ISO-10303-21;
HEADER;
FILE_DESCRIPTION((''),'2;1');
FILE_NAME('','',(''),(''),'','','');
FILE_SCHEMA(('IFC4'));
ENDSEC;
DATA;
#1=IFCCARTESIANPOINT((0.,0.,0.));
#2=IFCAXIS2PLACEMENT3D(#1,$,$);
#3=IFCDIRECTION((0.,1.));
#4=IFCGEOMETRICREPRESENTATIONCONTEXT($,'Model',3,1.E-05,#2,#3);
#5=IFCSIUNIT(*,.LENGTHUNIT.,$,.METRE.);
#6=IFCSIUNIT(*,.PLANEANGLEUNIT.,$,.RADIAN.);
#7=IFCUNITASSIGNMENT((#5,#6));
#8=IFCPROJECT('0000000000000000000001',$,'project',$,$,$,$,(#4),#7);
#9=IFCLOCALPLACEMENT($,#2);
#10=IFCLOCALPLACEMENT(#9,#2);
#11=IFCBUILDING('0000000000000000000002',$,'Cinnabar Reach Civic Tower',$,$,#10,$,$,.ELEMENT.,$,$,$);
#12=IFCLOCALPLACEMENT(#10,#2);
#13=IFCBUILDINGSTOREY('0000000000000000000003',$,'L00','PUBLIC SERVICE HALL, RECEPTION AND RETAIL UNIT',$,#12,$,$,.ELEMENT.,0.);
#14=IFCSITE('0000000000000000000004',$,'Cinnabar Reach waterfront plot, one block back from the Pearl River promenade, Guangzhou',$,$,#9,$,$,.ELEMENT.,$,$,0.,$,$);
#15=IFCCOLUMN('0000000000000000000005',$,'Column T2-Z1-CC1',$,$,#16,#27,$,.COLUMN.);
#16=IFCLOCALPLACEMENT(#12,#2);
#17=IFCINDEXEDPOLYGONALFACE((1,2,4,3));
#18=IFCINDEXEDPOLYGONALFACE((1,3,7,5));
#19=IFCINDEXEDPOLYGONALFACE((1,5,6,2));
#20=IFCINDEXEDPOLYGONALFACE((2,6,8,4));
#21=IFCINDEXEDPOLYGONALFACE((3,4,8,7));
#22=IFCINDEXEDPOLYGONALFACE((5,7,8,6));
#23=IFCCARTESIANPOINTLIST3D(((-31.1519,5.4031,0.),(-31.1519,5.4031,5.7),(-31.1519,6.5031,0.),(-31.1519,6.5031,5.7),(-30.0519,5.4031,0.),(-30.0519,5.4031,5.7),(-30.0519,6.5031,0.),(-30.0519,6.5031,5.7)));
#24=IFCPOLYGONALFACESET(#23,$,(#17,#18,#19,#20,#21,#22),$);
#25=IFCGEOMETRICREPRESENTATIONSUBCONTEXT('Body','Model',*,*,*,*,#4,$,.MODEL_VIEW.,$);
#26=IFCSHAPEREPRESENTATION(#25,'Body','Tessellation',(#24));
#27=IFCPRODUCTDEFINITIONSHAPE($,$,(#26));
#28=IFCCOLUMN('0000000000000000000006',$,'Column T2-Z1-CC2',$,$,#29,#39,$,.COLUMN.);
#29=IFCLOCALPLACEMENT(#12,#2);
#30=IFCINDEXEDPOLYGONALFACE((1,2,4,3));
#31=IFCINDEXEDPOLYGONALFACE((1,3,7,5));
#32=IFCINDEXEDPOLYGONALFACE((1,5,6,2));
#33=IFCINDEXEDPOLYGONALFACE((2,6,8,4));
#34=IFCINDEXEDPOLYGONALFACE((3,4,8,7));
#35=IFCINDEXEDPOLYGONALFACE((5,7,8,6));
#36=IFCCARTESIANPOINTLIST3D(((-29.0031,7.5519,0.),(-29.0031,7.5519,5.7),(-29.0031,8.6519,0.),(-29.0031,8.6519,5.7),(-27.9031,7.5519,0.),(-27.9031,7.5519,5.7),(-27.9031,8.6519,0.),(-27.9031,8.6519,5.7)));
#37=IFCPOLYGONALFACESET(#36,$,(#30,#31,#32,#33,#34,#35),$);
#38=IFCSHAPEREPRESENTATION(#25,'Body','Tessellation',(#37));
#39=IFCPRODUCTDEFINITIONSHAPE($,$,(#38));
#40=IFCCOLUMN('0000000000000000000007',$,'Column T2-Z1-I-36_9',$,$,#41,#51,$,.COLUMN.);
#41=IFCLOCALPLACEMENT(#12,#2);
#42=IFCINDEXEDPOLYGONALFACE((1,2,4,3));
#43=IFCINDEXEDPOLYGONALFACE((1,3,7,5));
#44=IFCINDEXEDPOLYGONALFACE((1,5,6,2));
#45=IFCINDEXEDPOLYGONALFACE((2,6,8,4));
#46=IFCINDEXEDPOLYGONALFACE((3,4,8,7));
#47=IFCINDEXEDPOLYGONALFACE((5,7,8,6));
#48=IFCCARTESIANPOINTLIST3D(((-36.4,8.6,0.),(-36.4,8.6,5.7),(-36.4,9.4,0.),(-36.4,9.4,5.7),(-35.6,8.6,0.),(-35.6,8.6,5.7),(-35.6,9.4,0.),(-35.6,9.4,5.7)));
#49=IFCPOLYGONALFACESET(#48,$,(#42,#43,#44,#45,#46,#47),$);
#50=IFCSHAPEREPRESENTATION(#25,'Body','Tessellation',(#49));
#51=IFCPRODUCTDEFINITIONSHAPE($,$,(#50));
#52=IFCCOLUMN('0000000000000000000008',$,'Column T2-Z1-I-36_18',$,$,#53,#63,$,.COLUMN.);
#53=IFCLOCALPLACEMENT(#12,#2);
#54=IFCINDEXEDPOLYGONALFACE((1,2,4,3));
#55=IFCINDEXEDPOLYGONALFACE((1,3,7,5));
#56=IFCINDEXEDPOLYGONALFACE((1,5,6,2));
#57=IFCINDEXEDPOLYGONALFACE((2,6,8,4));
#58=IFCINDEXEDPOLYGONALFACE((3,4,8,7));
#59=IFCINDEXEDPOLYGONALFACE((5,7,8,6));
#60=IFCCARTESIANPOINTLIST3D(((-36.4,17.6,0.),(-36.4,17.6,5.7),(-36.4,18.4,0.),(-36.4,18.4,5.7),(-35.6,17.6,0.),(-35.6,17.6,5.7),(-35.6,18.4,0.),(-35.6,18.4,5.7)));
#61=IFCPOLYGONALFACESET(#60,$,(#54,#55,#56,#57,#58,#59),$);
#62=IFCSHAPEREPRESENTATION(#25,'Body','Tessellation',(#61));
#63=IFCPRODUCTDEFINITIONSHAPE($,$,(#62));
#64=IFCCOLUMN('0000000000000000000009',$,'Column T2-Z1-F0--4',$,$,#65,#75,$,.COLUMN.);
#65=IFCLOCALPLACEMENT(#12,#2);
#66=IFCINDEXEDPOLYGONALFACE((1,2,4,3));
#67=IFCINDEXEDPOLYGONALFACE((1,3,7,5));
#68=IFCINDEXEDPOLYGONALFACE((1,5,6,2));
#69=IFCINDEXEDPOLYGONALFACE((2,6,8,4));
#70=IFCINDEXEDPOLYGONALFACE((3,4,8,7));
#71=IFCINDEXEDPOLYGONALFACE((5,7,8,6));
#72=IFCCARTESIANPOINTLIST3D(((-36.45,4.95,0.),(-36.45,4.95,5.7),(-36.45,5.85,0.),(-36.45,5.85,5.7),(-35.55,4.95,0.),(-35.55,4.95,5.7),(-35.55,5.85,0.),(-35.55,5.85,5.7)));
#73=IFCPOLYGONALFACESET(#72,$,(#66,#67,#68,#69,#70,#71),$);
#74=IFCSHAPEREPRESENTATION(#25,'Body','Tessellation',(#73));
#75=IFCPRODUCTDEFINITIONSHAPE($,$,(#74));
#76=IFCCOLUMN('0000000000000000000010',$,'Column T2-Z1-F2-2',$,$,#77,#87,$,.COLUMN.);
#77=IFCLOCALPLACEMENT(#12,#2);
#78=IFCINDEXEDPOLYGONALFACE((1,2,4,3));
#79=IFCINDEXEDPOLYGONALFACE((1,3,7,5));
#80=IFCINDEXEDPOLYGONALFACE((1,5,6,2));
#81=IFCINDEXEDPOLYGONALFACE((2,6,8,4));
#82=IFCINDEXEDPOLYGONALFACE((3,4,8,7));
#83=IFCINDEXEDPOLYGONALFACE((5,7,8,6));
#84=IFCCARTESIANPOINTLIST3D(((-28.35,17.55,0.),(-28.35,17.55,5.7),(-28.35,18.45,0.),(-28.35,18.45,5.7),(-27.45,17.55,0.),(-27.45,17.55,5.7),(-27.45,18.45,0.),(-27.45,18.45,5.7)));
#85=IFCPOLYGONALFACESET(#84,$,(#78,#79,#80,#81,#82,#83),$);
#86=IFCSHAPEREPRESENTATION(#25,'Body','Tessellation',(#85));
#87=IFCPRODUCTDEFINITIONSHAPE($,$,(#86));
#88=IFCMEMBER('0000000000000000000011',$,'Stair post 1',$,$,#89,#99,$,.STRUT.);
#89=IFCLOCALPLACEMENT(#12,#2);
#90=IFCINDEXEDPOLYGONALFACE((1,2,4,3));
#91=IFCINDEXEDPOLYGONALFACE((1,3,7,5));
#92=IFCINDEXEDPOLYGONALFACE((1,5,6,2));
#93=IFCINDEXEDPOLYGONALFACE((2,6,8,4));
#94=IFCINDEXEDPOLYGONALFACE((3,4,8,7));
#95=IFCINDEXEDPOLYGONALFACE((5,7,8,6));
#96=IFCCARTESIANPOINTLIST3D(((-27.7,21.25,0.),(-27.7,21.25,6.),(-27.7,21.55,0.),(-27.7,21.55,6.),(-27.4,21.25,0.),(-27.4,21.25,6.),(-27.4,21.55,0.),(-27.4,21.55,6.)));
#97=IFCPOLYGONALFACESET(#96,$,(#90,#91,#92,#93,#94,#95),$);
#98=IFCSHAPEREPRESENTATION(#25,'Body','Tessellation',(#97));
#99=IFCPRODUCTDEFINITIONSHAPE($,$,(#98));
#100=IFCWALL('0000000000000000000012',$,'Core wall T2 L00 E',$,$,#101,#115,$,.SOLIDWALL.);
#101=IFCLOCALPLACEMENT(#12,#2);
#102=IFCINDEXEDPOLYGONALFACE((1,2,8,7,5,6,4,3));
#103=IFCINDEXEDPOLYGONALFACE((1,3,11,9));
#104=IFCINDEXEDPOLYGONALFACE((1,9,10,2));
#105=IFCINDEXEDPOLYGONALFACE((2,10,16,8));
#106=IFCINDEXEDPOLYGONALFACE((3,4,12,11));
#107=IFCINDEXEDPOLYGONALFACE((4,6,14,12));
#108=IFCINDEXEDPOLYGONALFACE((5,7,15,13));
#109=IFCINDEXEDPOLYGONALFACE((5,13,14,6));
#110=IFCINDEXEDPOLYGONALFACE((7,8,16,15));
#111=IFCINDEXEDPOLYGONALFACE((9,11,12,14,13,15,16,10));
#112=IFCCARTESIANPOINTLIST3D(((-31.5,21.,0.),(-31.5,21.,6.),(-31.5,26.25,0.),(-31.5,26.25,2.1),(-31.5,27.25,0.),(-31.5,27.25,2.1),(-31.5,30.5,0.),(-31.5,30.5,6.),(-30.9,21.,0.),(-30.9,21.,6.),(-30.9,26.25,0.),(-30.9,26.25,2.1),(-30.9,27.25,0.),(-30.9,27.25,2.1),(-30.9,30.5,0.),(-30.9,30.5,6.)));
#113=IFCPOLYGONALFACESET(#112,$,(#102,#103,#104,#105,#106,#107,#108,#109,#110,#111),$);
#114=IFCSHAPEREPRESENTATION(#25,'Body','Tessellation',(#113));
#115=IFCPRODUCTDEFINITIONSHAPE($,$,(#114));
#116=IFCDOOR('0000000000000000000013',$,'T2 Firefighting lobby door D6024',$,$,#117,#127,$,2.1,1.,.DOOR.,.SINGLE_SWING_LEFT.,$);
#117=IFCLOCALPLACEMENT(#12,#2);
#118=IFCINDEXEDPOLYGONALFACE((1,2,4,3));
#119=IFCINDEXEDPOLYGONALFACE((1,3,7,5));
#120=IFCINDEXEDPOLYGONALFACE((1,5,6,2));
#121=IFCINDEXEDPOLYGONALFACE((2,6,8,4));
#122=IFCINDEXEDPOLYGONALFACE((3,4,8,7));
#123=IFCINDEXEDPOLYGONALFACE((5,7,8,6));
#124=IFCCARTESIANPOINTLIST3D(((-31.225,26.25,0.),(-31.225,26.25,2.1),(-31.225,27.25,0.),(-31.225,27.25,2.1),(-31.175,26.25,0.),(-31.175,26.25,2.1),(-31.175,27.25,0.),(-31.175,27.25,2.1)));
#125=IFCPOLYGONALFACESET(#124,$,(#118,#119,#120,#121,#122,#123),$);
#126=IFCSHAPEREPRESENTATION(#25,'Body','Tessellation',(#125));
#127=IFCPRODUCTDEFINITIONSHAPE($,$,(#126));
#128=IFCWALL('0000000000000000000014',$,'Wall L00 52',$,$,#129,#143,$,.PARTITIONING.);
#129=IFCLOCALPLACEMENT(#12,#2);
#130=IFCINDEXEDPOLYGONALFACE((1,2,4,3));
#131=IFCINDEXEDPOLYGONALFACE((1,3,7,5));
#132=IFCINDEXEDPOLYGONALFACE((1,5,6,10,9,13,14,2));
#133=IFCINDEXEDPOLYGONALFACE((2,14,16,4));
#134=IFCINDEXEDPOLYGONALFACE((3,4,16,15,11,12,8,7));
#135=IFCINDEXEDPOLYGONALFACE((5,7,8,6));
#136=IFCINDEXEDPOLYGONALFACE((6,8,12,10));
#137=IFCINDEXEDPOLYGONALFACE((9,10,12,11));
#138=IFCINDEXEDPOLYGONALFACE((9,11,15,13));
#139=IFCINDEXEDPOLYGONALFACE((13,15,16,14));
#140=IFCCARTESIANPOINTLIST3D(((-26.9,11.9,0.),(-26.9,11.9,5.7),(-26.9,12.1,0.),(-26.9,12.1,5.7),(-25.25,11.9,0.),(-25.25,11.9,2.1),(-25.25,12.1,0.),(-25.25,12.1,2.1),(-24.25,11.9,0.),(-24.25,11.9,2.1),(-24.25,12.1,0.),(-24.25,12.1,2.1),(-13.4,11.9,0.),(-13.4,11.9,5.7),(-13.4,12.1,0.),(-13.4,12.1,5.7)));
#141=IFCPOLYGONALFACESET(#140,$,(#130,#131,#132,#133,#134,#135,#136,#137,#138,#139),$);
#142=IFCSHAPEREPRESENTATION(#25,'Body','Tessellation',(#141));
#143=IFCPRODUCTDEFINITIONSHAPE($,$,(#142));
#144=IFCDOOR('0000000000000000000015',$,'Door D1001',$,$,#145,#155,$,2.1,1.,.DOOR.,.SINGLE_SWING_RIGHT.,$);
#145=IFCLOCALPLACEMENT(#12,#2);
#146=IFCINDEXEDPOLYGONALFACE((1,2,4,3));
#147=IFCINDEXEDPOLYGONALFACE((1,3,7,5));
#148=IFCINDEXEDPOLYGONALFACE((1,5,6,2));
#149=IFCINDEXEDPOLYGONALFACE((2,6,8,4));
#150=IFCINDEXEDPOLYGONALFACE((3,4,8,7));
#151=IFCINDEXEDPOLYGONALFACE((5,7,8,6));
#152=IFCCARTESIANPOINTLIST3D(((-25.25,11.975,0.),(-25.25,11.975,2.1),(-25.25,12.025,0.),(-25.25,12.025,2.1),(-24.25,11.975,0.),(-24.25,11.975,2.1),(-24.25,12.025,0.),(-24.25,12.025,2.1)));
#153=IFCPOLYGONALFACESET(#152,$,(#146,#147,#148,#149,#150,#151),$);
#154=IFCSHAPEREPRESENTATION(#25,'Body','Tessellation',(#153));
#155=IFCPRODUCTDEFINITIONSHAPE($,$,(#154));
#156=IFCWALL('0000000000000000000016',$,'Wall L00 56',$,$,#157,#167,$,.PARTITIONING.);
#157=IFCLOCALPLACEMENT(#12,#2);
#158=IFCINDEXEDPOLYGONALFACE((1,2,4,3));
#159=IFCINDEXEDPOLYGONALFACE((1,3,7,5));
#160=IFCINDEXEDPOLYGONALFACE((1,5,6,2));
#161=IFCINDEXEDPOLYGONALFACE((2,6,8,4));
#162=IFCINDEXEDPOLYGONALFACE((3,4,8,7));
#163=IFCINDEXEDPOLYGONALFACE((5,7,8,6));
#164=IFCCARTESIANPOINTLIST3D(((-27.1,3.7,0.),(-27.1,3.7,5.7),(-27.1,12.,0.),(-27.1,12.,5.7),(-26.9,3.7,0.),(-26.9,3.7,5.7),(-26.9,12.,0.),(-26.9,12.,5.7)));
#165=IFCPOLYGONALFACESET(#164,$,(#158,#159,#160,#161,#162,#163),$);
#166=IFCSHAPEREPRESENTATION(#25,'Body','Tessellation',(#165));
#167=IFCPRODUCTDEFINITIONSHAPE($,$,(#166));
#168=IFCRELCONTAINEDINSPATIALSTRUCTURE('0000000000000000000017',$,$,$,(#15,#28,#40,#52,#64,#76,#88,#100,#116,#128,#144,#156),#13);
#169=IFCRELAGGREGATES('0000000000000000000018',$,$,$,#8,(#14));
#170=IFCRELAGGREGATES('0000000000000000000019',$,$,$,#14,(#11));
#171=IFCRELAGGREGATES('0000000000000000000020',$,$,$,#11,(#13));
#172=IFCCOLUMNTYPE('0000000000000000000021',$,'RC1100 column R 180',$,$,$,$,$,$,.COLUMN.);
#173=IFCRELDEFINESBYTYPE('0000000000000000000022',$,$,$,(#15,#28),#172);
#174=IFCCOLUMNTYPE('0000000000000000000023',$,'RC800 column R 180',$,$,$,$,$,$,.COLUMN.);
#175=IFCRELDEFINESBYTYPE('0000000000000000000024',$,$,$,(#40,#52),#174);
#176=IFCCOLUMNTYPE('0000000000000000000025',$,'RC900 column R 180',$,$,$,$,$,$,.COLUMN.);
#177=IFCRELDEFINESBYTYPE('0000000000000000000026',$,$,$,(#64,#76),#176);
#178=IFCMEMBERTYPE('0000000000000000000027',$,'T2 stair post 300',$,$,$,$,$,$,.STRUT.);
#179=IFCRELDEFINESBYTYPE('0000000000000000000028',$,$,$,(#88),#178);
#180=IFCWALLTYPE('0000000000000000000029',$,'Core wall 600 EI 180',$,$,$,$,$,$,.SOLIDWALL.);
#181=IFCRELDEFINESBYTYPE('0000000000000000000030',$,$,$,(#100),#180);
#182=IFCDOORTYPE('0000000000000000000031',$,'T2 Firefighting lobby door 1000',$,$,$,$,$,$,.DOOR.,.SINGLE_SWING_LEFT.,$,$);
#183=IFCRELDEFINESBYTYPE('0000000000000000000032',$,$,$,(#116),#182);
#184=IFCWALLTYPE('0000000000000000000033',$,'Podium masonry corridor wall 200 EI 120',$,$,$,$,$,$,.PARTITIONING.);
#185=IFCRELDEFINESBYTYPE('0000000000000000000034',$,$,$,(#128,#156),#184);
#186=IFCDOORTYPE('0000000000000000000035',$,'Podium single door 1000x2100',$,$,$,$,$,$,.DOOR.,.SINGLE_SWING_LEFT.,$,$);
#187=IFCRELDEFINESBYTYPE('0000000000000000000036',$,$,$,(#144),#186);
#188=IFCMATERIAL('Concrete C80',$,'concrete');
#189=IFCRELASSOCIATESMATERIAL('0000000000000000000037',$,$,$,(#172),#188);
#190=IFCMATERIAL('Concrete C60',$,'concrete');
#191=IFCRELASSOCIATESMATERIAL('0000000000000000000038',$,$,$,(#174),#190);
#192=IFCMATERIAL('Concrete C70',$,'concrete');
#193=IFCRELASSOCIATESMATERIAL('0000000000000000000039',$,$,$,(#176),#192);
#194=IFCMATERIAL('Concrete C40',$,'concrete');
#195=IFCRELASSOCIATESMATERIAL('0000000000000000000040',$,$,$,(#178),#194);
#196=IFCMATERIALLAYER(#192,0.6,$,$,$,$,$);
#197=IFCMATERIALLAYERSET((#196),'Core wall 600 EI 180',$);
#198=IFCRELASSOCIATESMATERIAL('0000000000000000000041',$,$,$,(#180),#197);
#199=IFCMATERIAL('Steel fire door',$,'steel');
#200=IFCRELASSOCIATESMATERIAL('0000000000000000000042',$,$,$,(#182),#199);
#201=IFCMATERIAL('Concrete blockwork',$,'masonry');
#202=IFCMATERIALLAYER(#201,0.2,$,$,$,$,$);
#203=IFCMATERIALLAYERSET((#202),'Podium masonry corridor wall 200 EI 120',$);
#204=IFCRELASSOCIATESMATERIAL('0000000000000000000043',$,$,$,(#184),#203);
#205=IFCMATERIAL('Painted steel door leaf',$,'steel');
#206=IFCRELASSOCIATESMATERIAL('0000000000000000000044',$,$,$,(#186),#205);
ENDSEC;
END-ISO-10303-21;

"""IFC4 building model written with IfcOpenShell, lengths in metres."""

from ifc_helpers import new_model, si_unit, direction, frame, frame_2d, origin, origin_2d, place, context, subcontext, project, spatial, rectangle, extrude, material, layer, layer_set, material_profile, profile_set, type_object, element, fill, save


model = new_model("IFC4")

# Units and contexts
model_context = context("Model", 3, precision=1e-05, world=origin(), true_north=direction((0.0, 1.0)))
body_context = subcontext(model_context, "Body", "Model", "MODEL_VIEW")
ifc_project = project(units=[si_unit("LENGTHUNIT", "METRE"), si_unit("PLANEANGLEUNIT", "RADIAN")], contexts=[model_context])

# Site, building, storey
site_placement = place(None, origin())
site = spatial("IfcSite", under=ifc_project, at=site_placement, Name="Cinnabar Reach waterfront plot, one block back from the Pearl River promenade, Guangzhou", CompositionType="ELEMENT", RefElevation=0.0)
building_placement = place(site_placement, origin())
building = spatial("IfcBuilding", under=site, at=building_placement, Name="Cinnabar Reach Civic Tower", CompositionType="ELEMENT")
storey_placement = place(building_placement, origin())
storey = spatial("IfcBuildingStorey", under=building, at=storey_placement, Name="L00", Description="PUBLIC SERVICE HALL, RECEPTION AND RETAIL UNIT", CompositionType="ELEMENT", Elevation=0.0)

# Columns
ifc_material_1 = material(Name="Concrete C80", Category="concrete")
ifc_material_profile_1 = material_profile(ifc_material_1, rectangle(XDim=1.1, YDim=1.1, at=origin_2d()), Name="RC1100")
ifc_profile_set_1 = profile_set([ifc_material_profile_1], Name="Concrete C80")
column_type_1 = type_object("IfcColumnType", Name="RC1100 column R 180", PredefinedType="COLUMN", material=ifc_profile_set_1)
for number, where, z_axis, x_axis, name in (
    (1, (-30.6019, 5.9531, 0.0), (0.0, 0.0, 1.0), (1.0, 0.0, 0.0), "Column T2-Z1-CC1"),
    (2, (-28.4531, 8.1019, 0.0), (0.0, 0.0, 1.0), (1.0, 0.0, 0.0), "Column T2-Z1-CC2"),
):
    element("IfcColumn", number, at=place(storey_placement, frame(where, z_axis=z_axis, x_axis=x_axis)), inside=storey, type_object=column_type_1, Name=name, PredefinedType="COLUMN", context=body_context, shape_type="SweptSolid", body=[
        extrude(rectangle(XDim=1.1, YDim=1.1, at=origin_2d()), origin(), (0.0, 0.0, 1.0), 5.7),
    ])
ifc_material_2 = material(Name="Concrete C60", Category="concrete")
ifc_material_profile_2 = material_profile(ifc_material_2, rectangle(XDim=0.8, YDim=0.8, at=origin_2d()), Name="RC800")
ifc_profile_set_2 = profile_set([ifc_material_profile_2], Name="Concrete C60")
column_type_2 = type_object("IfcColumnType", Name="RC800 column R 180", PredefinedType="COLUMN", material=ifc_profile_set_2)
for number, where, z_axis, x_axis, name in (
    (3, (-36.0, 9.0, 0.0), (0.0, 0.0, 1.0), (1.0, 0.0, 0.0), "Column T2-Z1-I-36_9"),
    (4, (-36.0, 18.0, 0.0), (0.0, 0.0, 1.0), (1.0, 0.0, 0.0), "Column T2-Z1-I-36_18"),
):
    element("IfcColumn", number, at=place(storey_placement, frame(where, z_axis=z_axis, x_axis=x_axis)), inside=storey, type_object=column_type_2, Name=name, PredefinedType="COLUMN", context=body_context, shape_type="SweptSolid", body=[
        extrude(rectangle(XDim=0.8, YDim=0.8, at=origin_2d()), origin(), (0.0, 0.0, 1.0), 5.7),
    ])
ifc_material_3 = material(Name="Concrete C70", Category="concrete")
ifc_material_profile_3 = material_profile(ifc_material_3, rectangle(XDim=0.9, YDim=0.9, at=origin_2d()), Name="RC900")
ifc_profile_set_3 = profile_set([ifc_material_profile_3], Name="Concrete C70")
column_type_3 = type_object("IfcColumnType", Name="RC900 column R 180", PredefinedType="COLUMN", material=ifc_profile_set_3)
for number, where, z_axis, x_axis, name in (
    (5, (-36.0, 5.4, 0.0), (0.0, 0.0, 1.0), (1.0, 0.0, 0.0), "Column T2-Z1-F0--4"),
    (6, (-27.9, 18.0, 0.0), (0.0, 0.0, 1.0), (1.0, 0.0, 0.0), "Column T2-Z1-F2-2"),
):
    element("IfcColumn", number, at=place(storey_placement, frame(where, z_axis=z_axis, x_axis=x_axis)), inside=storey, type_object=column_type_3, Name=name, PredefinedType="COLUMN", context=body_context, shape_type="SweptSolid", body=[
        extrude(rectangle(XDim=0.9, YDim=0.9, at=origin_2d()), origin(), (0.0, 0.0, 1.0), 5.7),
    ])

# Member
ifc_material_4 = material(Name="Concrete C40", Category="concrete")
ifc_material_profile_4 = material_profile(ifc_material_4, rectangle(XDim=0.3, YDim=0.3, at=origin_2d()), Name="C300")
ifc_profile_set_4 = profile_set([ifc_material_profile_4], Name="Concrete C40")
member_type = type_object("IfcMemberType", Name="T2 stair post 300", PredefinedType="STRUT", material=ifc_profile_set_4)
member_placement = place(storey_placement, frame((-27.55, 21.4, 0.0), z_axis=(0.0, 0.0, 1.0), x_axis=(1.0, 0.0, 0.0)))
element("IfcMember", 7, at=member_placement, inside=storey, type_object=member_type, Name="Stair post 1", PredefinedType="STRUT", context=body_context, shape_type="SweptSolid", body=[
    extrude(rectangle(XDim=0.3, YDim=0.3, at=origin_2d()), origin(), (0.0, 0.0, 1.0), 6.0),
])

# Walls, openings, doors
ifc_layer_1 = layer(ifc_material_3, 0.6)
ifc_layer_set_1 = layer_set([ifc_layer_1], Name="Core wall 600 EI 180")
wall_type_1 = type_object("IfcWallType", Name="Core wall 600 EI 180", PredefinedType="SOLIDWALL", material=ifc_layer_set_1)
wall_1_placement = place(storey_placement, frame((-31.2, 21.0, 0.0), z_axis=(0.0, 0.0, 1.0), x_axis=(0.0, 1.0, 0.0)))
wall_1 = element("IfcWall", 8, at=wall_1_placement, inside=storey, type_object=wall_type_1, Name="Core wall T2 L00 E", PredefinedType="SOLIDWALL", context=body_context, shape_type="SweptSolid", body=[
    extrude(rectangle(XDim=9.5, YDim=0.6, at=frame_2d((4.75, 0.0))), origin(), (0.0, 0.0, 1.0), 6.0),
])
opening_1_placement = place(wall_1_placement, frame((5.25, 0.0, 0.0)))
opening_1 = element("IfcOpeningElement", 9, at=opening_1_placement, cuts=wall_1, PredefinedType="OPENING", context=body_context, shape_type="SweptSolid", body=[
    extrude(rectangle(XDim=1.0, YDim=2.1, at=frame_2d((0.5, 1.05))), frame((0.0, 0.31, 0.0), z_axis=(0.0, -1.0, 0.0), x_axis=(1.0, 0.0, 0.0)), (0.0, 0.0, 1.0), 0.62),
])
ifc_material_5 = material(Name="Steel fire door", Category="steel")
door_type_1 = type_object("IfcDoorType", Name="T2 Firefighting lobby door 1000", OperationType="SINGLE_SWING_LEFT", PredefinedType="DOOR", material=ifc_material_5)
door_1_placement = place(opening_1_placement, frame((1.0, 0.0, 0.0), z_axis=(0.0, 0.0, 1.0), x_axis=(-1.0, 0.0, 0.0)))
door_1 = element("IfcDoor", 10, at=door_1_placement, inside=storey, type_object=door_type_1, Name="T2 Firefighting lobby door D6024", OperationType="SINGLE_SWING_LEFT", OverallHeight=2.1, OverallWidth=1.0, PredefinedType="DOOR", context=body_context, shape_type="SweptSolid", body=[
    extrude(rectangle(XDim=1.0, YDim=2.1, at=frame_2d((0.5, 1.05))), frame((0.0, 0.025, 0.0), z_axis=(0.0, -1.0, 0.0), x_axis=(1.0, 0.0, 0.0)), (0.0, 0.0, 1.0), 0.05),
])
fill(opening_1, door_1)
ifc_material_6 = material(Name="Concrete blockwork", Category="masonry")
ifc_layer_2 = layer(ifc_material_6, 0.2)
ifc_layer_set_2 = layer_set([ifc_layer_2], Name="Podium masonry corridor wall 200 EI 120")
wall_type_2 = type_object("IfcWallType", Name="Podium masonry corridor wall 200 EI 120", PredefinedType="PARTITIONING", material=ifc_layer_set_2)
wall_2_placement = place(storey_placement, frame((-26.9, 12.0, 0.0), z_axis=(0.0, 0.0, 1.0), x_axis=(1.0, 0.0, 0.0)))
wall_2 = element("IfcWall", 11, at=wall_2_placement, inside=storey, type_object=wall_type_2, Name="Wall L00 52", PredefinedType="PARTITIONING", context=body_context, shape_type="SweptSolid", body=[
    extrude(rectangle(XDim=13.5, YDim=0.2, at=frame_2d((6.75, 0.0))), origin(), (0.0, 0.0, 1.0), 5.7),
])
opening_2_placement = place(wall_2_placement, frame((1.65, 0.0, 0.0)))
opening_2 = element("IfcOpeningElement", 12, at=opening_2_placement, cuts=wall_2, PredefinedType="OPENING", context=body_context, shape_type="SweptSolid", body=[
    extrude(rectangle(XDim=1.0, YDim=2.1, at=frame_2d((0.5, 1.05))), frame((0.0, 0.11, 0.0), z_axis=(0.0, -1.0, 0.0), x_axis=(1.0, 0.0, 0.0)), (0.0, 0.0, 1.0), 0.22),
])
ifc_material_7 = material(Name="Painted steel door leaf", Category="steel")
door_type_2 = type_object("IfcDoorType", Name="Podium single door 1000x2100", OperationType="SINGLE_SWING_LEFT", PredefinedType="DOOR", material=ifc_material_7)
door_2_placement = place(opening_2_placement, origin())
door_2 = element("IfcDoor", 13, at=door_2_placement, inside=storey, type_object=door_type_2, Name="Door D1001", OperationType="SINGLE_SWING_RIGHT", OverallHeight=2.1, OverallWidth=1.0, PredefinedType="DOOR", context=body_context, shape_type="SweptSolid", body=[
    extrude(rectangle(XDim=1.0, YDim=2.1, at=frame_2d((0.5, 1.05))), frame((0.0, 0.025, 0.0), z_axis=(0.0, -1.0, 0.0), x_axis=(1.0, 0.0, 0.0)), (0.0, 0.0, 1.0), 0.05),
])
fill(opening_2, door_2)

# Wall
wall_3_placement = place(storey_placement, frame((-27.0, 3.7, 0.0), z_axis=(0.0, 0.0, 1.0), x_axis=(0.0, 1.0, 0.0)))
element("IfcWall", 14, at=wall_3_placement, inside=storey, type_object=wall_type_2, Name="Wall L00 56", PredefinedType="PARTITIONING", context=body_context, shape_type="SweptSolid", body=[
    extrude(rectangle(XDim=8.3, YDim=0.2, at=frame_2d((4.15, 0.0))), origin(), (0.0, 0.0, 1.0), 5.7),
])

save(model, "model.ifc")
